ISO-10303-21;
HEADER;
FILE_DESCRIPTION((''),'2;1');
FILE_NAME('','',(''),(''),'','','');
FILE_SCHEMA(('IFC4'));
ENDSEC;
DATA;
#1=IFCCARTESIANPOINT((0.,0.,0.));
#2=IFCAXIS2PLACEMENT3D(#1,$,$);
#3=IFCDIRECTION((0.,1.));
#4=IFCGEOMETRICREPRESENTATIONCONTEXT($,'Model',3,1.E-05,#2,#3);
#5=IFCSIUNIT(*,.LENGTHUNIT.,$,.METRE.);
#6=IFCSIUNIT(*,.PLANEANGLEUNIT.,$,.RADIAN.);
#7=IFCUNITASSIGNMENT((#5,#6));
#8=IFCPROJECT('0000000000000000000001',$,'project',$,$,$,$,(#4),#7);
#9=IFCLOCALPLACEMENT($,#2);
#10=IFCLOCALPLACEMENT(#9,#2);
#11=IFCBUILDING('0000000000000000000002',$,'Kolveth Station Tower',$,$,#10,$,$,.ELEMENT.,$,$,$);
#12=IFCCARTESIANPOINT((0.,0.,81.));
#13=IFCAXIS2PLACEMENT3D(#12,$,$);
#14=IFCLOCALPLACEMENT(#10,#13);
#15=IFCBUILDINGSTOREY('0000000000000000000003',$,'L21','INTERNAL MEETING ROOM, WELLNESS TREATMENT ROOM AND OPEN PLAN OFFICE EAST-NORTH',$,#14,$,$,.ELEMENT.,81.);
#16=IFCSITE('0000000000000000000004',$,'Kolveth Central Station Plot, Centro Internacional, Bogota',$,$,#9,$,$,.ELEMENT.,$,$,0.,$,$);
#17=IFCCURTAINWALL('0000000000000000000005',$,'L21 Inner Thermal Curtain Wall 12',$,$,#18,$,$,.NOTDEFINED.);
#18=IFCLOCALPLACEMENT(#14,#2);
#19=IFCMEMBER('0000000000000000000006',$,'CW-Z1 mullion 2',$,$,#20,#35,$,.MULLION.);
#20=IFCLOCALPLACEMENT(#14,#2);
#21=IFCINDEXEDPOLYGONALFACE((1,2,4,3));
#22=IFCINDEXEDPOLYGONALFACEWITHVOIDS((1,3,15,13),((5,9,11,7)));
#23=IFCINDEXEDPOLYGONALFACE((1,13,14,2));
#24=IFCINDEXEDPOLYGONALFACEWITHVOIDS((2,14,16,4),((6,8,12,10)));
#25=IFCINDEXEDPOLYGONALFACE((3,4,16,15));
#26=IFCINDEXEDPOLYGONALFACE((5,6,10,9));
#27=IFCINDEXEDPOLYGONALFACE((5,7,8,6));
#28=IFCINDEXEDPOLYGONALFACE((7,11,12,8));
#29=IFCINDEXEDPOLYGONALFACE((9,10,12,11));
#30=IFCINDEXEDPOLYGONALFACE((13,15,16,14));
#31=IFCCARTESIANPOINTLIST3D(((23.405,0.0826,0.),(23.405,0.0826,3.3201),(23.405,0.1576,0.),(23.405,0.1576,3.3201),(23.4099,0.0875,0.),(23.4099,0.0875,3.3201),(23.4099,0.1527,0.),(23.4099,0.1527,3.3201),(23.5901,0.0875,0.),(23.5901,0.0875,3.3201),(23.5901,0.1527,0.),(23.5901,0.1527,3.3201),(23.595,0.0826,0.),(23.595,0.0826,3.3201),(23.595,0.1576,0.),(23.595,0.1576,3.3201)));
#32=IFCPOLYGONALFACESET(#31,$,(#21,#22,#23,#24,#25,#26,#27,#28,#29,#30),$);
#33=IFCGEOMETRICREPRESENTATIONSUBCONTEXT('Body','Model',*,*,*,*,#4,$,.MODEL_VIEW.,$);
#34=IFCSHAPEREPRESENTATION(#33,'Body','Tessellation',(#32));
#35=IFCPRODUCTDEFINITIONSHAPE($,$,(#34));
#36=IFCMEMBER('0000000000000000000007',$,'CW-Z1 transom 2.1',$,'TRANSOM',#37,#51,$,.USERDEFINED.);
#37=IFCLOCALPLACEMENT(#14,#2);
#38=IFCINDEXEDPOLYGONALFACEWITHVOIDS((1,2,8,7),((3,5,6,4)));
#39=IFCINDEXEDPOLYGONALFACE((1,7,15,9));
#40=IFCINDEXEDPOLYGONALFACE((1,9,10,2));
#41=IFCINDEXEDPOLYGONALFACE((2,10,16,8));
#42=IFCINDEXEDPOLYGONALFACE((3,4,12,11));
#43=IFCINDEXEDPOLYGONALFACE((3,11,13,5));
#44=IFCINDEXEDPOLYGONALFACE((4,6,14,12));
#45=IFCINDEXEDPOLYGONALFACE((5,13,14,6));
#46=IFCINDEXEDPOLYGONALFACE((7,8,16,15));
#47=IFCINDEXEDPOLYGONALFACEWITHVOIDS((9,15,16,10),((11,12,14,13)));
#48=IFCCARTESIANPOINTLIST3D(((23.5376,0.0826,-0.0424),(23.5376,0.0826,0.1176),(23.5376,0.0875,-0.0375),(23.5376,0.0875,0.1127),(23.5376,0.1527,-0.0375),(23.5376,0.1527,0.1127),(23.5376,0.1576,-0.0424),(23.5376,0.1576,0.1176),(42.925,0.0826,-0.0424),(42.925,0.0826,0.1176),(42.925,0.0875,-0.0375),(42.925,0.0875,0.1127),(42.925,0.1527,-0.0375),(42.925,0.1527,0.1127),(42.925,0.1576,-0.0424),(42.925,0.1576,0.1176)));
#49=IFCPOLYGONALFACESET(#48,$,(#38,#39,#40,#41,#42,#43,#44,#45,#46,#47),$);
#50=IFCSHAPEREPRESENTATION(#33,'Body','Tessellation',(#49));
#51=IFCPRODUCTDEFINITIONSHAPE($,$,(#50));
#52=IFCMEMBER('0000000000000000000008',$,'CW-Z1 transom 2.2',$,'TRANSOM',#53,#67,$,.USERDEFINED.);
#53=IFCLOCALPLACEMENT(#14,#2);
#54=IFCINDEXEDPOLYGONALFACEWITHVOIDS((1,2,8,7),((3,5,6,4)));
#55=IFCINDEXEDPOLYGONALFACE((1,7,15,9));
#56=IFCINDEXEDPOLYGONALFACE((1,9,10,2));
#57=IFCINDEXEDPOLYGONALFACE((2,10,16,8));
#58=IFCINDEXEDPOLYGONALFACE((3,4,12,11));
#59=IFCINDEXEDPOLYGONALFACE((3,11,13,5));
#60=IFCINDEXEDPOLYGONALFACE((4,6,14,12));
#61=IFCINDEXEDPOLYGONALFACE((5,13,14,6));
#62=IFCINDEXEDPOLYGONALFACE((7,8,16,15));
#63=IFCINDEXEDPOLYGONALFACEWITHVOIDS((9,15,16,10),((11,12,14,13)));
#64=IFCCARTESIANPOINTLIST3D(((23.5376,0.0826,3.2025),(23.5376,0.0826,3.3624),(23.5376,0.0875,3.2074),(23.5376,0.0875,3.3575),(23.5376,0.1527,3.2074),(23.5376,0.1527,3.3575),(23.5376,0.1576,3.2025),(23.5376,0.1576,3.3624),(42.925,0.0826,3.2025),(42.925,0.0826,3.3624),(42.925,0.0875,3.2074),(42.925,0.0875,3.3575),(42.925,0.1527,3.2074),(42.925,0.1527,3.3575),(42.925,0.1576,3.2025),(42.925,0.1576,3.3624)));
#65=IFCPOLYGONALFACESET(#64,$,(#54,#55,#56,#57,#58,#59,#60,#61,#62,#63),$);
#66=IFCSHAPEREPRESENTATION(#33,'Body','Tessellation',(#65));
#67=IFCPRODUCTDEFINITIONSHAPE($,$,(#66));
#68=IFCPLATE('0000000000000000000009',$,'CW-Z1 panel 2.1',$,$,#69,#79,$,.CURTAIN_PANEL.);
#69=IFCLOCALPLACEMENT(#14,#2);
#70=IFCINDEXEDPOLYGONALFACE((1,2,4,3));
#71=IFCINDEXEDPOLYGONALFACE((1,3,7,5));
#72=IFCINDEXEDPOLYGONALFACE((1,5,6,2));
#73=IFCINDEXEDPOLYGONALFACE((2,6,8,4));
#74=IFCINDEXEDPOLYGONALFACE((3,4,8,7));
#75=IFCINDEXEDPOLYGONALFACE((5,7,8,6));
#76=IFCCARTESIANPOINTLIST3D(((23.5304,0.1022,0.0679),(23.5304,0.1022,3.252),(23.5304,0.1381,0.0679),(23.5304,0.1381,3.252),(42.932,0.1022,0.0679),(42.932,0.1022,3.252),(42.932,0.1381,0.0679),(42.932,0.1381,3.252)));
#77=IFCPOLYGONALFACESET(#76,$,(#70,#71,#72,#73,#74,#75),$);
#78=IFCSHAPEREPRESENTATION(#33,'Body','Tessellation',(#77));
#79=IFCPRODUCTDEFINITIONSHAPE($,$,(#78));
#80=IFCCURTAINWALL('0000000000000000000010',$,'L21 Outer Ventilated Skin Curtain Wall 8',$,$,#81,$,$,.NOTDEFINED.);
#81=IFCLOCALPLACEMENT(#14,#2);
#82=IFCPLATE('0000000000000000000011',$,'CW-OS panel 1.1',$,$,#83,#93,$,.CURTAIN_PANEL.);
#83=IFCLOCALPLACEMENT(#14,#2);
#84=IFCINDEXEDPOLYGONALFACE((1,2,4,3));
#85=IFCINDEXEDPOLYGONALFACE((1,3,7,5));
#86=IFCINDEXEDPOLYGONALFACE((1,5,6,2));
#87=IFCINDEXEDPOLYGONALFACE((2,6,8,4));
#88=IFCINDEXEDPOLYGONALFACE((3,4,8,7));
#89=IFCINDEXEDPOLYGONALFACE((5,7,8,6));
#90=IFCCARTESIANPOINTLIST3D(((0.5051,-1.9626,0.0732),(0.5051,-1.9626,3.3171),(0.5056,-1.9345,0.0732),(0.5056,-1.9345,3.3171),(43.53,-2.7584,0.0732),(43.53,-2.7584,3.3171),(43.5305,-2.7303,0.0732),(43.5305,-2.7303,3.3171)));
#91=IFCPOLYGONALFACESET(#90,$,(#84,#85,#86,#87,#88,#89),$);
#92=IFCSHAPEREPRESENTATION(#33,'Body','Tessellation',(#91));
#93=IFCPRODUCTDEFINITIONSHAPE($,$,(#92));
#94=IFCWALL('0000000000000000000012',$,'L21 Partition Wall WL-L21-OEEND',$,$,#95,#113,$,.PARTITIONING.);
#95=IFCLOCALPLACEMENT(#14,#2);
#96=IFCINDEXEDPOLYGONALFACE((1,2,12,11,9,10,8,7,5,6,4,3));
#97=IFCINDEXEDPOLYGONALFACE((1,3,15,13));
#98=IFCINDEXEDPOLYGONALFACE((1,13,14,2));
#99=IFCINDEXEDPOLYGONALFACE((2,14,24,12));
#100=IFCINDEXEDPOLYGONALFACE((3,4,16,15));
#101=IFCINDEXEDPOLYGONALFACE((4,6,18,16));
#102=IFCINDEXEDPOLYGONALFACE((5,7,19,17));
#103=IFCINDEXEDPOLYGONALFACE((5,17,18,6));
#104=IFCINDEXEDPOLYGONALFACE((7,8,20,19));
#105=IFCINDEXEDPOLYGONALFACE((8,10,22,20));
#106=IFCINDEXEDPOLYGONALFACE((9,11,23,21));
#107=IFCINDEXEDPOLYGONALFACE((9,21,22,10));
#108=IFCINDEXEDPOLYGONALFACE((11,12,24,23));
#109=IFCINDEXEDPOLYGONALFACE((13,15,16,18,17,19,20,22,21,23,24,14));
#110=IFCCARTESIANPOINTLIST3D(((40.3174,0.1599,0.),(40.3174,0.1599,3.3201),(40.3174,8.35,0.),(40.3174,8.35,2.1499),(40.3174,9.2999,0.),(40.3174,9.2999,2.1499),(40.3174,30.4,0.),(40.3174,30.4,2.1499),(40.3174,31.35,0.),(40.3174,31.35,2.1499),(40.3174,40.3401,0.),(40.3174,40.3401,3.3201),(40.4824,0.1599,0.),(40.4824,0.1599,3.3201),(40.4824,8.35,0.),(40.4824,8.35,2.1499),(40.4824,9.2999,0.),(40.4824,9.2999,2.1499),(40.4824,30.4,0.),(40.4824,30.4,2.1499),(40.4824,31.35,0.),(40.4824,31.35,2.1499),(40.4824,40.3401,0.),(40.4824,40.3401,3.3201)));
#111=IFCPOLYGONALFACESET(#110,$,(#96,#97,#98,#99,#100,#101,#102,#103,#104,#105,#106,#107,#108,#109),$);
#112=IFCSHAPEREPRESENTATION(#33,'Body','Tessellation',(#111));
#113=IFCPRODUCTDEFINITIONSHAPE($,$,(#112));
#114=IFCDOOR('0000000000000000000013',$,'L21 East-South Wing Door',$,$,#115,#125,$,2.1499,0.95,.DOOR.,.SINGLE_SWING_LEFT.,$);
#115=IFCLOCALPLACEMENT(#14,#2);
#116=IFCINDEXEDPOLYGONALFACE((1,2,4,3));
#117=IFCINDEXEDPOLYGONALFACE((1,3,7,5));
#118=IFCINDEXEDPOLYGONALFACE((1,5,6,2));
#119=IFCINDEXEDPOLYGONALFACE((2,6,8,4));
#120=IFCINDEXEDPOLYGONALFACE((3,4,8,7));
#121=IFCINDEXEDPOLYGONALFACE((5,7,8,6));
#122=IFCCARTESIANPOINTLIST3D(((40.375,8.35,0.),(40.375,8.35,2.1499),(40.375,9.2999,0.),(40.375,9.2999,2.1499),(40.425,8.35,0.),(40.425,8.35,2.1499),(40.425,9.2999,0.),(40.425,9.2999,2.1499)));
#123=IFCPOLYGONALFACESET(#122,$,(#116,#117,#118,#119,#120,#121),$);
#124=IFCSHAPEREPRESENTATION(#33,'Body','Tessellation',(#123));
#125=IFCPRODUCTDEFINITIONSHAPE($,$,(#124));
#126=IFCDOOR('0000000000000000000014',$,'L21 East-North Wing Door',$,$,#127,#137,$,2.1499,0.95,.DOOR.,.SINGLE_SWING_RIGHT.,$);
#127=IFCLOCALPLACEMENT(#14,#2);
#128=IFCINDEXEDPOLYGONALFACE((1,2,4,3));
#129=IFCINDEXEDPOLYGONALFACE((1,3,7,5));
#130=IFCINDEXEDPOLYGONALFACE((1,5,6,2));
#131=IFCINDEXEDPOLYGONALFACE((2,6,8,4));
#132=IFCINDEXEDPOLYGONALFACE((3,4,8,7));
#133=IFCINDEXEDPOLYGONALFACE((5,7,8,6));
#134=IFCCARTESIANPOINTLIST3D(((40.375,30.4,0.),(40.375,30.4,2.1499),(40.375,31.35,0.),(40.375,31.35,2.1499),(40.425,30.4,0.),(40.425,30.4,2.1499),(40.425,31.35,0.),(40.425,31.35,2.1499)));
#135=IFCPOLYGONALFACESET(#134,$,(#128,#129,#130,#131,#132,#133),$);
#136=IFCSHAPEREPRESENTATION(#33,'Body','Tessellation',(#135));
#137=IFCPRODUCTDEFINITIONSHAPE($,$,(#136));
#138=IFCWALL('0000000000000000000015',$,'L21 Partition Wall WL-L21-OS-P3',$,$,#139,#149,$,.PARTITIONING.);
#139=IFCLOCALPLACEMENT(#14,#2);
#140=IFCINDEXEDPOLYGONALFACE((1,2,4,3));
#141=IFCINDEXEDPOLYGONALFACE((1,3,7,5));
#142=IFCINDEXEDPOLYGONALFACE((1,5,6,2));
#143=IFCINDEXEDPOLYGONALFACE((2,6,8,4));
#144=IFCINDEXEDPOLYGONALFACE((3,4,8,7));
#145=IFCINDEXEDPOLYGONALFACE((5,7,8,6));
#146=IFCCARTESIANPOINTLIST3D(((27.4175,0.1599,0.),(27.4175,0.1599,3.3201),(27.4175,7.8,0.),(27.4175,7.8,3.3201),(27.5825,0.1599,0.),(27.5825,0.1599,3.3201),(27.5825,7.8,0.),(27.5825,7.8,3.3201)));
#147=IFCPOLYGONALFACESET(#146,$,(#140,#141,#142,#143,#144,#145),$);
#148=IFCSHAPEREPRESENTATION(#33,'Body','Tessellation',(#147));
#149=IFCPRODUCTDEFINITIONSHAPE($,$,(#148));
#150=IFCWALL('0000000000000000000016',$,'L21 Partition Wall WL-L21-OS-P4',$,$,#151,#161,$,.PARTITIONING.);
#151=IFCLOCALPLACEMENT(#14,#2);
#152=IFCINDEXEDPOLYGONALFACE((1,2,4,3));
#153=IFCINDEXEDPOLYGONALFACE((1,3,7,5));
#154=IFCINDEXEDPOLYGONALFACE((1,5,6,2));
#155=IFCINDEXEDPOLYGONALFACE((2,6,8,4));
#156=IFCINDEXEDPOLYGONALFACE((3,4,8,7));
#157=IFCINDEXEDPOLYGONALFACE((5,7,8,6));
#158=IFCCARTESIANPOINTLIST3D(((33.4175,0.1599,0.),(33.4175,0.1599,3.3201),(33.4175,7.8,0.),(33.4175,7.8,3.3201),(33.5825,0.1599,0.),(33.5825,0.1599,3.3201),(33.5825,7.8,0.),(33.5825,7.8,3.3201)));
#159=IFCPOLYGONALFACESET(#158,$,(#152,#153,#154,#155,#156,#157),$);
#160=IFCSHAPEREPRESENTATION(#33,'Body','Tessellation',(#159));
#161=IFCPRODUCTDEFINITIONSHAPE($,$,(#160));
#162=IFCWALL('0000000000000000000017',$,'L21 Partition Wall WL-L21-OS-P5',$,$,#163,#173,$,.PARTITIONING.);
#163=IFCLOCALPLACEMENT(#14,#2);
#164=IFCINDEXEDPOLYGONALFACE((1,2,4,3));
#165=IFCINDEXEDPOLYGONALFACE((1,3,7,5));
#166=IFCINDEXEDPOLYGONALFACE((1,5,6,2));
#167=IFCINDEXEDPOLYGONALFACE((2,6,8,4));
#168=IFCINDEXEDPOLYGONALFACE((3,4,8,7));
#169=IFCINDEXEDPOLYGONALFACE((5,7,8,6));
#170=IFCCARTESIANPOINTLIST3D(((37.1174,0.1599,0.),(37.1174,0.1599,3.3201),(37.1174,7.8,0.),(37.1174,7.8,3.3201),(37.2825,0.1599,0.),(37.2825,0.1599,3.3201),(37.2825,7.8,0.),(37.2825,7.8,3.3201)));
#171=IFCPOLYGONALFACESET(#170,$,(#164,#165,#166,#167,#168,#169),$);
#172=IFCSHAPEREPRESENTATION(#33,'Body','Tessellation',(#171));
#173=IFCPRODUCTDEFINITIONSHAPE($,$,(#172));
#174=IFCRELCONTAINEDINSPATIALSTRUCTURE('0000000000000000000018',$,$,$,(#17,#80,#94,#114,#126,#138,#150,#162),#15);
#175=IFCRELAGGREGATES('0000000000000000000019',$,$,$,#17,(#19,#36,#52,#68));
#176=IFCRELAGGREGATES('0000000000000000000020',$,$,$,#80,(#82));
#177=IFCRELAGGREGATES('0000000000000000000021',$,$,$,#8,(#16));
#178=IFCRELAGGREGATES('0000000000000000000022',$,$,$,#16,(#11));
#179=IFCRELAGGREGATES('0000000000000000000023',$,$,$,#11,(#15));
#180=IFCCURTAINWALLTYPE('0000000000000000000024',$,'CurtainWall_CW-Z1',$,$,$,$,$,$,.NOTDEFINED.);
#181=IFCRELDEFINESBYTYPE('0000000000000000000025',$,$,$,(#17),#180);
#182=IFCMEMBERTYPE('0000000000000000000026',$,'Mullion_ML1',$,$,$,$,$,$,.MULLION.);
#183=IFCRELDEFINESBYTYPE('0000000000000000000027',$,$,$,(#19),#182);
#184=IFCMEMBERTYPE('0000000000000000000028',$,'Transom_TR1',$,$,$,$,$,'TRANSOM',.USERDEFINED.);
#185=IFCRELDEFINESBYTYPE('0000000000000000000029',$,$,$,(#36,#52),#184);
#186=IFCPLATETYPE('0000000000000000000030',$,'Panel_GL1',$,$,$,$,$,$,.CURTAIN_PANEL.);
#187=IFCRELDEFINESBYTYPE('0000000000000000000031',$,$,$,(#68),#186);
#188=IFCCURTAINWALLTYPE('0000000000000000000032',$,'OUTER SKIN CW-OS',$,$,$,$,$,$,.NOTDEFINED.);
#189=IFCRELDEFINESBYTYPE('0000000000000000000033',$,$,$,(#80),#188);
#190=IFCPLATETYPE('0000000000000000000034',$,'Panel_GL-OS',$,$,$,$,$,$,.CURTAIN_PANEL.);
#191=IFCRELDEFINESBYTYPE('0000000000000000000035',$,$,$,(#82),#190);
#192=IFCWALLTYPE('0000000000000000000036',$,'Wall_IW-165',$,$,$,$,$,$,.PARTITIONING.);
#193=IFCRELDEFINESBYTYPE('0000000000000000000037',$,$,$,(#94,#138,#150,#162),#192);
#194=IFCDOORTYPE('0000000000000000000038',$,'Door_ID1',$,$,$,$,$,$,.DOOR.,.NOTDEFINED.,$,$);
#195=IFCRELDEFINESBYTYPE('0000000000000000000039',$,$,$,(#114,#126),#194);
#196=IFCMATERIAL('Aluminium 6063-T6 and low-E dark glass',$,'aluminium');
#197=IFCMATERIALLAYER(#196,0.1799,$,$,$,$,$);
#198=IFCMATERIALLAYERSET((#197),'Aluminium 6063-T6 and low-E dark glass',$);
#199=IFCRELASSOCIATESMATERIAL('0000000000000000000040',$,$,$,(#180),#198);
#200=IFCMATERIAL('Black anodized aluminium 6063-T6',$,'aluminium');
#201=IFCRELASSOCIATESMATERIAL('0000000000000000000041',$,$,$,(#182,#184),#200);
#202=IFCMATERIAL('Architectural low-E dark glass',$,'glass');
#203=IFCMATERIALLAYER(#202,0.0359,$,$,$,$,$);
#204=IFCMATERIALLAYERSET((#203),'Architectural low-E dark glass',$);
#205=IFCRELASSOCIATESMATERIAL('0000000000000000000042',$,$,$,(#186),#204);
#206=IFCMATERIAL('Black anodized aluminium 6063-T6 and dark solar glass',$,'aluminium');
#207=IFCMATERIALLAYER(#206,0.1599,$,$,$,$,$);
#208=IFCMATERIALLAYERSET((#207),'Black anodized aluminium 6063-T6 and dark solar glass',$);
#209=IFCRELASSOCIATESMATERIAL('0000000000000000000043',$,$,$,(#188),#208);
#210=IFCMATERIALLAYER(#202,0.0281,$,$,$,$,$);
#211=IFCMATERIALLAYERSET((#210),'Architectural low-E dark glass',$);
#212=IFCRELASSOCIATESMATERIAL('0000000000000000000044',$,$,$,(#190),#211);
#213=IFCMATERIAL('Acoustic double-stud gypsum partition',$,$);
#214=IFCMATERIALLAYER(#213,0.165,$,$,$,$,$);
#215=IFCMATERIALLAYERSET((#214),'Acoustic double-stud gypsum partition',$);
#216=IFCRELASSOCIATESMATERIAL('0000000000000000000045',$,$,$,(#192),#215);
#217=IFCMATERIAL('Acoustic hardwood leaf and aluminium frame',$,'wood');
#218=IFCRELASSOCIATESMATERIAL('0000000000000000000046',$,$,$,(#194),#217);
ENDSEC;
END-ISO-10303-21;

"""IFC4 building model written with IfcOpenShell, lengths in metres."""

from ifc_helpers import new_model, si_unit, direction, frame, frame_2d, origin, origin_2d, place, context, subcontext, project, spatial, rectangle, hollow_rectangle, extrude, source, transform, mapped, material, layer, layer_set, material_profile, profile_set, type_object, element, fill, aggregate, save


model = new_model("IFC4")

# Units and contexts
model_context = context("Model", 3, precision=1e-05, world=origin(), true_north=direction((0.0, 1.0)))
body_context = subcontext(model_context, "Body", "Model", "MODEL_VIEW")
ifc_project = project(units=[si_unit("LENGTHUNIT", "METRE"), si_unit("PLANEANGLEUNIT", "RADIAN")], contexts=[model_context])

# Site, building, storey
site_placement = place(None, origin())
site = spatial("IfcSite", under=ifc_project, at=site_placement, Name="Kolveth Central Station Plot, Centro Internacional, Bogota", CompositionType="ELEMENT", RefElevation=0.0)
building_placement = place(site_placement, origin())
building = spatial("IfcBuilding", under=site, at=building_placement, Name="Kolveth Station Tower", CompositionType="ELEMENT")
storey_placement = place(building_placement, frame((0.0, 0.0, 81.0)))
storey = spatial("IfcBuildingStorey", under=building, at=storey_placement, Name="L21", Description="INTERNAL MEETING ROOM, WELLNESS TREATMENT ROOM AND OPEN PLAN OFFICE EAST-NORTH", CompositionType="ELEMENT", Elevation=81.0)

# Curtain wall, members, plate
ifc_material_1 = material(Name="Aluminium 6063-T6 and low-E dark glass", Category="aluminium")
ifc_layer_1 = layer(ifc_material_1, 0.1799)
ifc_layer_set_1 = layer_set([ifc_layer_1], Name="Aluminium 6063-T6 and low-E dark glass")
curtain_wall_type_1 = type_object("IfcCurtainWallType", Name="CurtainWall_CW-Z1", PredefinedType="NOTDEFINED", material=ifc_layer_set_1)
curtain_wall_1_placement = place(storey_placement, origin())
curtain_wall_1 = element("IfcCurtainWall", 1, at=curtain_wall_1_placement, inside=storey, type_object=curtain_wall_type_1, Name="L21 Inner Thermal Curtain Wall 12", PredefinedType="NOTDEFINED")
ifc_material_2 = material(Name="Black anodized aluminium 6063-T6", Category="aluminium")
ifc_material_profile_1 = material_profile(ifc_material_2, hollow_rectangle(XDim=0.075, YDim=0.1899, WallThickness=0.0049, at=origin_2d()), Name="ALU-75x190x5")
ifc_profile_set_1 = profile_set([ifc_material_profile_1], Name="Black anodized aluminium 6063-T6")
member_type_1 = type_object("IfcMemberType", Name="Mullion_ML1", PredefinedType="MULLION", material=ifc_profile_set_1)
shared_shape_1 = source(origin(), body_context, "Body", "SweptSolid", [
    extrude(hollow_rectangle(XDim=0.075, YDim=0.1899, WallThickness=0.0049, at=origin_2d()), origin(), (0.0, 0.0, 1.0), 3.3201),
])
member_1_placement = place(storey_placement, frame((23.5, 0.1201, 0.0), z_axis=(0.0, 0.0, 1.0), x_axis=(0.0, 1.0, 0.0)))
member_1 = element("IfcMember", 2, at=member_1_placement, type_object=member_type_1, Name="CW-Z1 mullion 2", PredefinedType="MULLION", context=body_context, shape_type="MappedRepresentation", body=[
    mapped(shared_shape_1, transform((0.0, 0.0, 0.0), x_axis=(1.0, 0.0, 0.0), y_axis=(0.0, 1.0, 0.0), z_axis=(0.0, 0.0, 1.0), scale=1.0)),
])
ifc_material_profile_2 = material_profile(ifc_material_2, hollow_rectangle(XDim=0.075, YDim=0.1599, WallThickness=0.0049, at=origin_2d()), Name="ALU-75x160x5")
ifc_profile_set_2 = profile_set([ifc_material_profile_2], Name="Black anodized aluminium 6063-T6")
member_type_2 = type_object("IfcMemberType", Name="Transom_TR1", ElementType="TRANSOM", PredefinedType="USERDEFINED", material=ifc_profile_set_2)
shared_shape_2 = source(origin(), body_context, "Body", "SweptSolid", [
    extrude(hollow_rectangle(XDim=0.075, YDim=0.1599, WallThickness=0.0049, at=origin_2d()), origin(), (0.0, 0.0, 1.0), 19.3875),
])
member_2_placement = place(storey_placement, frame((23.5376, 0.1201, 0.0376), z_axis=(1.0, 0.0, 0.0), x_axis=(0.0, 1.0, 0.0)))
member_2 = element("IfcMember", 3, at=member_2_placement, type_object=member_type_2, Name="CW-Z1 transom 2.1", ObjectType="TRANSOM", PredefinedType="USERDEFINED", context=body_context, shape_type="MappedRepresentation", body=[
    mapped(shared_shape_2, transform((0.0, 0.0, 0.0), x_axis=(1.0, 0.0, 0.0), y_axis=(0.0, 1.0, 0.0), z_axis=(0.0, 0.0, 1.0), scale=1.0)),
])
member_3_placement = place(storey_placement, frame((23.5376, 0.1201, 3.2825), z_axis=(1.0, 0.0, 0.0), x_axis=(0.0, 1.0, 0.0)))
member_3 = element("IfcMember", 4, at=member_3_placement, type_object=member_type_2, Name="CW-Z1 transom 2.2", ObjectType="TRANSOM", PredefinedType="USERDEFINED", context=body_context, shape_type="MappedRepresentation", body=[
    mapped(shared_shape_2, transform((0.0, 0.0, 0.0), x_axis=(1.0, 0.0, 0.0), y_axis=(0.0, 1.0, 0.0), z_axis=(0.0, 0.0, 1.0), scale=1.0)),
])
ifc_material_3 = material(Name="Architectural low-E dark glass", Category="glass")
ifc_layer_2 = layer(ifc_material_3, 0.0359)
ifc_layer_set_2 = layer_set([ifc_layer_2], Name="Architectural low-E dark glass")
plate_type_1 = type_object("IfcPlateType", Name="Panel_GL1", PredefinedType="CURTAIN_PANEL", material=ifc_layer_set_2)
shared_shape_3 = source(origin(), body_context, "Body", "SweptSolid", [
    extrude(rectangle(XDim=19.4016, YDim=0.0359, at=origin_2d()), origin(), (0.0, 0.0, 1.0), 3.1841),
])
plate_1_placement = place(storey_placement, frame((33.2312, 0.1201, 0.0679), z_axis=(0.0, 0.0, 1.0), x_axis=(1.0, 0.0, 0.0)))
plate_1 = element("IfcPlate", 5, at=plate_1_placement, type_object=plate_type_1, Name="CW-Z1 panel 2.1", PredefinedType="CURTAIN_PANEL", context=body_context, shape_type="MappedRepresentation", body=[
    mapped(shared_shape_3, transform((0.0, 0.0, 0.0), x_axis=(1.0, 0.0, 0.0), y_axis=(0.0, 1.0, 0.0), z_axis=(0.0, 0.0, 1.0), scale=1.0)),
])
aggregate(curtain_wall_1, [member_1, member_2, member_3, plate_1])

# Curtain wall, plate
ifc_material_4 = material(Name="Black anodized aluminium 6063-T6 and dark solar glass", Category="aluminium")
ifc_layer_3 = layer(ifc_material_4, 0.1599)
ifc_layer_set_3 = layer_set([ifc_layer_3], Name="Black anodized aluminium 6063-T6 and dark solar glass")
curtain_wall_type_2 = type_object("IfcCurtainWallType", Name="OUTER SKIN CW-OS", PredefinedType="NOTDEFINED", material=ifc_layer_set_3)
curtain_wall_2_placement = place(storey_placement, origin())
curtain_wall_2 = element("IfcCurtainWall", 6, at=curtain_wall_2_placement, inside=storey, type_object=curtain_wall_type_2, Name="L21 Outer Ventilated Skin Curtain Wall 8", PredefinedType="NOTDEFINED")
ifc_layer_4 = layer(ifc_material_3, 0.0281)
ifc_layer_set_4 = layer_set([ifc_layer_4], Name="Architectural low-E dark glass")
plate_type_2 = type_object("IfcPlateType", Name="Panel_GL-OS", PredefinedType="CURTAIN_PANEL", material=ifc_layer_set_4)
shared_shape_4 = source(origin(), body_context, "Body", "SweptSolid", [
    extrude(rectangle(XDim=43.0322, YDim=0.0281, at=origin_2d()), origin(), (0.0, 0.0, 1.0), 3.2439),
])
plate_2_placement = place(storey_placement, frame((22.0178, -2.3464, 0.0732), z_axis=(0.0, 0.0, 1.0), x_axis=(0.999829, -0.018494, 0.0)))
plate_2 = element("IfcPlate", 7, at=plate_2_placement, type_object=plate_type_2, Name="CW-OS panel 1.1", PredefinedType="CURTAIN_PANEL", context=body_context, shape_type="MappedRepresentation", body=[
    mapped(shared_shape_4, transform((0.0, 0.0, 0.0), x_axis=(1.0, 0.0, 0.0), y_axis=(0.0, 1.0, 0.0), z_axis=(0.0, 0.0, 1.0), scale=1.0)),
])
aggregate(curtain_wall_2, [plate_2])

# Wall, openings, doors
ifc_material_5 = material(Name="Acoustic double-stud gypsum partition")
ifc_layer_5 = layer(ifc_material_5, 0.165)
ifc_layer_set_5 = layer_set([ifc_layer_5], Name="Acoustic double-stud gypsum partition")
wall_type = type_object("IfcWallType", Name="Wall_IW-165", PredefinedType="PARTITIONING", material=ifc_layer_set_5)
wall_placement = place(storey_placement, frame((40.3999, 0.1599, 0.0), z_axis=(0.0, 0.0, 1.0), x_axis=(0.0, 1.0, 0.0)))
wall = element("IfcWall", 8, at=wall_placement, inside=storey, type_object=wall_type, Name="L21 Partition Wall WL-L21-OEEND", PredefinedType="PARTITIONING", context=body_context, shape_type="SweptSolid", body=[
    extrude(rectangle(XDim=40.1802, YDim=0.165, at=frame_2d((20.0901, 0.0))), origin(), (0.0, 0.0, 1.0), 3.3201),
])
opening_1_placement = place(wall_placement, frame((8.1899, 0.0, 0.0)))
opening_1 = element("IfcOpeningElement", 9, at=opening_1_placement, cuts=wall, PredefinedType="OPENING", context=body_context, shape_type="SweptSolid", body=[
    extrude(rectangle(XDim=0.95, YDim=2.1499, at=frame_2d((0.4751, 1.075))), frame((0.0, 0.0925, 0.0), z_axis=(0.0, -1.0, 0.0), x_axis=(1.0, 0.0, 0.0)), (0.0, 0.0, 1.0), 0.1851),
])
opening_2_placement = place(wall_placement, frame((30.24, 0.0, 0.0)))
opening_2 = element("IfcOpeningElement", 10, at=opening_2_placement, cuts=wall, PredefinedType="OPENING", context=body_context, shape_type="SweptSolid", body=[
    extrude(rectangle(XDim=0.95, YDim=2.1499, at=frame_2d((0.4751, 1.075))), frame((0.0, 0.0925, 0.0), z_axis=(0.0, -1.0, 0.0), x_axis=(1.0, 0.0, 0.0)), (0.0, 0.0, 1.0), 0.1851),
])
ifc_material_6 = material(Name="Acoustic hardwood leaf and aluminium frame", Category="wood")
door_type = type_object("IfcDoorType", Name="Door_ID1", OperationType="NOTDEFINED", PredefinedType="DOOR", material=ifc_material_6)
door_1_placement = place(opening_1_placement, origin())
door_1 = element("IfcDoor", 11, at=door_1_placement, inside=storey, type_object=door_type, Name="L21 East-South Wing Door", OperationType="SINGLE_SWING_LEFT", OverallHeight=2.1499, OverallWidth=0.95, PredefinedType="DOOR", context=body_context, shape_type="SweptSolid", body=[
    extrude(rectangle(XDim=0.95, YDim=2.1499, at=frame_2d((0.4751, 1.075))), frame((0.0, 0.0249, 0.0), z_axis=(0.0, -1.0, 0.0), x_axis=(1.0, 0.0, 0.0)), (0.0, 0.0, 1.0), 0.05),
])
fill(opening_1, door_1)
door_2_placement = place(opening_2_placement, origin())
door_2 = element("IfcDoor", 12, at=door_2_placement, inside=storey, type_object=door_type, Name="L21 East-North Wing Door", OperationType="SINGLE_SWING_RIGHT", OverallHeight=2.1499, OverallWidth=0.95, PredefinedType="DOOR", context=body_context, shape_type="SweptSolid", body=[
    extrude(rectangle(XDim=0.95, YDim=2.1499, at=frame_2d((0.4751, 1.075))), frame((0.0, 0.0249, 0.0), z_axis=(0.0, -1.0, 0.0), x_axis=(1.0, 0.0, 0.0)), (0.0, 0.0, 1.0), 0.05),
])
fill(opening_2, door_2)

# Walls
for number, where, z_axis, x_axis, name in (
    (13, (27.5, 0.1599, 0.0), (0.0, 0.0, 1.0), (0.0, 1.0, 0.0), "L21 Partition Wall WL-L21-OS-P3"),
    (14, (33.5, 0.1599, 0.0), (0.0, 0.0, 1.0), (0.0, 1.0, 0.0), "L21 Partition Wall WL-L21-OS-P4"),
    (15, (37.2, 0.1599, 0.0), (0.0, 0.0, 1.0), (0.0, 1.0, 0.0), "L21 Partition Wall WL-L21-OS-P5"),
):
    element("IfcWall", number, at=place(storey_placement, frame(where, z_axis=z_axis, x_axis=x_axis)), inside=storey, type_object=wall_type, Name=name, PredefinedType="PARTITIONING", context=body_context, shape_type="SweptSolid", body=[
        extrude(rectangle(XDim=7.6401, YDim=0.165, at=frame_2d((3.8201, 0.0))), origin(), (0.0, 0.0, 1.0), 3.3201),
    ])

save(model, "model.ifc")
